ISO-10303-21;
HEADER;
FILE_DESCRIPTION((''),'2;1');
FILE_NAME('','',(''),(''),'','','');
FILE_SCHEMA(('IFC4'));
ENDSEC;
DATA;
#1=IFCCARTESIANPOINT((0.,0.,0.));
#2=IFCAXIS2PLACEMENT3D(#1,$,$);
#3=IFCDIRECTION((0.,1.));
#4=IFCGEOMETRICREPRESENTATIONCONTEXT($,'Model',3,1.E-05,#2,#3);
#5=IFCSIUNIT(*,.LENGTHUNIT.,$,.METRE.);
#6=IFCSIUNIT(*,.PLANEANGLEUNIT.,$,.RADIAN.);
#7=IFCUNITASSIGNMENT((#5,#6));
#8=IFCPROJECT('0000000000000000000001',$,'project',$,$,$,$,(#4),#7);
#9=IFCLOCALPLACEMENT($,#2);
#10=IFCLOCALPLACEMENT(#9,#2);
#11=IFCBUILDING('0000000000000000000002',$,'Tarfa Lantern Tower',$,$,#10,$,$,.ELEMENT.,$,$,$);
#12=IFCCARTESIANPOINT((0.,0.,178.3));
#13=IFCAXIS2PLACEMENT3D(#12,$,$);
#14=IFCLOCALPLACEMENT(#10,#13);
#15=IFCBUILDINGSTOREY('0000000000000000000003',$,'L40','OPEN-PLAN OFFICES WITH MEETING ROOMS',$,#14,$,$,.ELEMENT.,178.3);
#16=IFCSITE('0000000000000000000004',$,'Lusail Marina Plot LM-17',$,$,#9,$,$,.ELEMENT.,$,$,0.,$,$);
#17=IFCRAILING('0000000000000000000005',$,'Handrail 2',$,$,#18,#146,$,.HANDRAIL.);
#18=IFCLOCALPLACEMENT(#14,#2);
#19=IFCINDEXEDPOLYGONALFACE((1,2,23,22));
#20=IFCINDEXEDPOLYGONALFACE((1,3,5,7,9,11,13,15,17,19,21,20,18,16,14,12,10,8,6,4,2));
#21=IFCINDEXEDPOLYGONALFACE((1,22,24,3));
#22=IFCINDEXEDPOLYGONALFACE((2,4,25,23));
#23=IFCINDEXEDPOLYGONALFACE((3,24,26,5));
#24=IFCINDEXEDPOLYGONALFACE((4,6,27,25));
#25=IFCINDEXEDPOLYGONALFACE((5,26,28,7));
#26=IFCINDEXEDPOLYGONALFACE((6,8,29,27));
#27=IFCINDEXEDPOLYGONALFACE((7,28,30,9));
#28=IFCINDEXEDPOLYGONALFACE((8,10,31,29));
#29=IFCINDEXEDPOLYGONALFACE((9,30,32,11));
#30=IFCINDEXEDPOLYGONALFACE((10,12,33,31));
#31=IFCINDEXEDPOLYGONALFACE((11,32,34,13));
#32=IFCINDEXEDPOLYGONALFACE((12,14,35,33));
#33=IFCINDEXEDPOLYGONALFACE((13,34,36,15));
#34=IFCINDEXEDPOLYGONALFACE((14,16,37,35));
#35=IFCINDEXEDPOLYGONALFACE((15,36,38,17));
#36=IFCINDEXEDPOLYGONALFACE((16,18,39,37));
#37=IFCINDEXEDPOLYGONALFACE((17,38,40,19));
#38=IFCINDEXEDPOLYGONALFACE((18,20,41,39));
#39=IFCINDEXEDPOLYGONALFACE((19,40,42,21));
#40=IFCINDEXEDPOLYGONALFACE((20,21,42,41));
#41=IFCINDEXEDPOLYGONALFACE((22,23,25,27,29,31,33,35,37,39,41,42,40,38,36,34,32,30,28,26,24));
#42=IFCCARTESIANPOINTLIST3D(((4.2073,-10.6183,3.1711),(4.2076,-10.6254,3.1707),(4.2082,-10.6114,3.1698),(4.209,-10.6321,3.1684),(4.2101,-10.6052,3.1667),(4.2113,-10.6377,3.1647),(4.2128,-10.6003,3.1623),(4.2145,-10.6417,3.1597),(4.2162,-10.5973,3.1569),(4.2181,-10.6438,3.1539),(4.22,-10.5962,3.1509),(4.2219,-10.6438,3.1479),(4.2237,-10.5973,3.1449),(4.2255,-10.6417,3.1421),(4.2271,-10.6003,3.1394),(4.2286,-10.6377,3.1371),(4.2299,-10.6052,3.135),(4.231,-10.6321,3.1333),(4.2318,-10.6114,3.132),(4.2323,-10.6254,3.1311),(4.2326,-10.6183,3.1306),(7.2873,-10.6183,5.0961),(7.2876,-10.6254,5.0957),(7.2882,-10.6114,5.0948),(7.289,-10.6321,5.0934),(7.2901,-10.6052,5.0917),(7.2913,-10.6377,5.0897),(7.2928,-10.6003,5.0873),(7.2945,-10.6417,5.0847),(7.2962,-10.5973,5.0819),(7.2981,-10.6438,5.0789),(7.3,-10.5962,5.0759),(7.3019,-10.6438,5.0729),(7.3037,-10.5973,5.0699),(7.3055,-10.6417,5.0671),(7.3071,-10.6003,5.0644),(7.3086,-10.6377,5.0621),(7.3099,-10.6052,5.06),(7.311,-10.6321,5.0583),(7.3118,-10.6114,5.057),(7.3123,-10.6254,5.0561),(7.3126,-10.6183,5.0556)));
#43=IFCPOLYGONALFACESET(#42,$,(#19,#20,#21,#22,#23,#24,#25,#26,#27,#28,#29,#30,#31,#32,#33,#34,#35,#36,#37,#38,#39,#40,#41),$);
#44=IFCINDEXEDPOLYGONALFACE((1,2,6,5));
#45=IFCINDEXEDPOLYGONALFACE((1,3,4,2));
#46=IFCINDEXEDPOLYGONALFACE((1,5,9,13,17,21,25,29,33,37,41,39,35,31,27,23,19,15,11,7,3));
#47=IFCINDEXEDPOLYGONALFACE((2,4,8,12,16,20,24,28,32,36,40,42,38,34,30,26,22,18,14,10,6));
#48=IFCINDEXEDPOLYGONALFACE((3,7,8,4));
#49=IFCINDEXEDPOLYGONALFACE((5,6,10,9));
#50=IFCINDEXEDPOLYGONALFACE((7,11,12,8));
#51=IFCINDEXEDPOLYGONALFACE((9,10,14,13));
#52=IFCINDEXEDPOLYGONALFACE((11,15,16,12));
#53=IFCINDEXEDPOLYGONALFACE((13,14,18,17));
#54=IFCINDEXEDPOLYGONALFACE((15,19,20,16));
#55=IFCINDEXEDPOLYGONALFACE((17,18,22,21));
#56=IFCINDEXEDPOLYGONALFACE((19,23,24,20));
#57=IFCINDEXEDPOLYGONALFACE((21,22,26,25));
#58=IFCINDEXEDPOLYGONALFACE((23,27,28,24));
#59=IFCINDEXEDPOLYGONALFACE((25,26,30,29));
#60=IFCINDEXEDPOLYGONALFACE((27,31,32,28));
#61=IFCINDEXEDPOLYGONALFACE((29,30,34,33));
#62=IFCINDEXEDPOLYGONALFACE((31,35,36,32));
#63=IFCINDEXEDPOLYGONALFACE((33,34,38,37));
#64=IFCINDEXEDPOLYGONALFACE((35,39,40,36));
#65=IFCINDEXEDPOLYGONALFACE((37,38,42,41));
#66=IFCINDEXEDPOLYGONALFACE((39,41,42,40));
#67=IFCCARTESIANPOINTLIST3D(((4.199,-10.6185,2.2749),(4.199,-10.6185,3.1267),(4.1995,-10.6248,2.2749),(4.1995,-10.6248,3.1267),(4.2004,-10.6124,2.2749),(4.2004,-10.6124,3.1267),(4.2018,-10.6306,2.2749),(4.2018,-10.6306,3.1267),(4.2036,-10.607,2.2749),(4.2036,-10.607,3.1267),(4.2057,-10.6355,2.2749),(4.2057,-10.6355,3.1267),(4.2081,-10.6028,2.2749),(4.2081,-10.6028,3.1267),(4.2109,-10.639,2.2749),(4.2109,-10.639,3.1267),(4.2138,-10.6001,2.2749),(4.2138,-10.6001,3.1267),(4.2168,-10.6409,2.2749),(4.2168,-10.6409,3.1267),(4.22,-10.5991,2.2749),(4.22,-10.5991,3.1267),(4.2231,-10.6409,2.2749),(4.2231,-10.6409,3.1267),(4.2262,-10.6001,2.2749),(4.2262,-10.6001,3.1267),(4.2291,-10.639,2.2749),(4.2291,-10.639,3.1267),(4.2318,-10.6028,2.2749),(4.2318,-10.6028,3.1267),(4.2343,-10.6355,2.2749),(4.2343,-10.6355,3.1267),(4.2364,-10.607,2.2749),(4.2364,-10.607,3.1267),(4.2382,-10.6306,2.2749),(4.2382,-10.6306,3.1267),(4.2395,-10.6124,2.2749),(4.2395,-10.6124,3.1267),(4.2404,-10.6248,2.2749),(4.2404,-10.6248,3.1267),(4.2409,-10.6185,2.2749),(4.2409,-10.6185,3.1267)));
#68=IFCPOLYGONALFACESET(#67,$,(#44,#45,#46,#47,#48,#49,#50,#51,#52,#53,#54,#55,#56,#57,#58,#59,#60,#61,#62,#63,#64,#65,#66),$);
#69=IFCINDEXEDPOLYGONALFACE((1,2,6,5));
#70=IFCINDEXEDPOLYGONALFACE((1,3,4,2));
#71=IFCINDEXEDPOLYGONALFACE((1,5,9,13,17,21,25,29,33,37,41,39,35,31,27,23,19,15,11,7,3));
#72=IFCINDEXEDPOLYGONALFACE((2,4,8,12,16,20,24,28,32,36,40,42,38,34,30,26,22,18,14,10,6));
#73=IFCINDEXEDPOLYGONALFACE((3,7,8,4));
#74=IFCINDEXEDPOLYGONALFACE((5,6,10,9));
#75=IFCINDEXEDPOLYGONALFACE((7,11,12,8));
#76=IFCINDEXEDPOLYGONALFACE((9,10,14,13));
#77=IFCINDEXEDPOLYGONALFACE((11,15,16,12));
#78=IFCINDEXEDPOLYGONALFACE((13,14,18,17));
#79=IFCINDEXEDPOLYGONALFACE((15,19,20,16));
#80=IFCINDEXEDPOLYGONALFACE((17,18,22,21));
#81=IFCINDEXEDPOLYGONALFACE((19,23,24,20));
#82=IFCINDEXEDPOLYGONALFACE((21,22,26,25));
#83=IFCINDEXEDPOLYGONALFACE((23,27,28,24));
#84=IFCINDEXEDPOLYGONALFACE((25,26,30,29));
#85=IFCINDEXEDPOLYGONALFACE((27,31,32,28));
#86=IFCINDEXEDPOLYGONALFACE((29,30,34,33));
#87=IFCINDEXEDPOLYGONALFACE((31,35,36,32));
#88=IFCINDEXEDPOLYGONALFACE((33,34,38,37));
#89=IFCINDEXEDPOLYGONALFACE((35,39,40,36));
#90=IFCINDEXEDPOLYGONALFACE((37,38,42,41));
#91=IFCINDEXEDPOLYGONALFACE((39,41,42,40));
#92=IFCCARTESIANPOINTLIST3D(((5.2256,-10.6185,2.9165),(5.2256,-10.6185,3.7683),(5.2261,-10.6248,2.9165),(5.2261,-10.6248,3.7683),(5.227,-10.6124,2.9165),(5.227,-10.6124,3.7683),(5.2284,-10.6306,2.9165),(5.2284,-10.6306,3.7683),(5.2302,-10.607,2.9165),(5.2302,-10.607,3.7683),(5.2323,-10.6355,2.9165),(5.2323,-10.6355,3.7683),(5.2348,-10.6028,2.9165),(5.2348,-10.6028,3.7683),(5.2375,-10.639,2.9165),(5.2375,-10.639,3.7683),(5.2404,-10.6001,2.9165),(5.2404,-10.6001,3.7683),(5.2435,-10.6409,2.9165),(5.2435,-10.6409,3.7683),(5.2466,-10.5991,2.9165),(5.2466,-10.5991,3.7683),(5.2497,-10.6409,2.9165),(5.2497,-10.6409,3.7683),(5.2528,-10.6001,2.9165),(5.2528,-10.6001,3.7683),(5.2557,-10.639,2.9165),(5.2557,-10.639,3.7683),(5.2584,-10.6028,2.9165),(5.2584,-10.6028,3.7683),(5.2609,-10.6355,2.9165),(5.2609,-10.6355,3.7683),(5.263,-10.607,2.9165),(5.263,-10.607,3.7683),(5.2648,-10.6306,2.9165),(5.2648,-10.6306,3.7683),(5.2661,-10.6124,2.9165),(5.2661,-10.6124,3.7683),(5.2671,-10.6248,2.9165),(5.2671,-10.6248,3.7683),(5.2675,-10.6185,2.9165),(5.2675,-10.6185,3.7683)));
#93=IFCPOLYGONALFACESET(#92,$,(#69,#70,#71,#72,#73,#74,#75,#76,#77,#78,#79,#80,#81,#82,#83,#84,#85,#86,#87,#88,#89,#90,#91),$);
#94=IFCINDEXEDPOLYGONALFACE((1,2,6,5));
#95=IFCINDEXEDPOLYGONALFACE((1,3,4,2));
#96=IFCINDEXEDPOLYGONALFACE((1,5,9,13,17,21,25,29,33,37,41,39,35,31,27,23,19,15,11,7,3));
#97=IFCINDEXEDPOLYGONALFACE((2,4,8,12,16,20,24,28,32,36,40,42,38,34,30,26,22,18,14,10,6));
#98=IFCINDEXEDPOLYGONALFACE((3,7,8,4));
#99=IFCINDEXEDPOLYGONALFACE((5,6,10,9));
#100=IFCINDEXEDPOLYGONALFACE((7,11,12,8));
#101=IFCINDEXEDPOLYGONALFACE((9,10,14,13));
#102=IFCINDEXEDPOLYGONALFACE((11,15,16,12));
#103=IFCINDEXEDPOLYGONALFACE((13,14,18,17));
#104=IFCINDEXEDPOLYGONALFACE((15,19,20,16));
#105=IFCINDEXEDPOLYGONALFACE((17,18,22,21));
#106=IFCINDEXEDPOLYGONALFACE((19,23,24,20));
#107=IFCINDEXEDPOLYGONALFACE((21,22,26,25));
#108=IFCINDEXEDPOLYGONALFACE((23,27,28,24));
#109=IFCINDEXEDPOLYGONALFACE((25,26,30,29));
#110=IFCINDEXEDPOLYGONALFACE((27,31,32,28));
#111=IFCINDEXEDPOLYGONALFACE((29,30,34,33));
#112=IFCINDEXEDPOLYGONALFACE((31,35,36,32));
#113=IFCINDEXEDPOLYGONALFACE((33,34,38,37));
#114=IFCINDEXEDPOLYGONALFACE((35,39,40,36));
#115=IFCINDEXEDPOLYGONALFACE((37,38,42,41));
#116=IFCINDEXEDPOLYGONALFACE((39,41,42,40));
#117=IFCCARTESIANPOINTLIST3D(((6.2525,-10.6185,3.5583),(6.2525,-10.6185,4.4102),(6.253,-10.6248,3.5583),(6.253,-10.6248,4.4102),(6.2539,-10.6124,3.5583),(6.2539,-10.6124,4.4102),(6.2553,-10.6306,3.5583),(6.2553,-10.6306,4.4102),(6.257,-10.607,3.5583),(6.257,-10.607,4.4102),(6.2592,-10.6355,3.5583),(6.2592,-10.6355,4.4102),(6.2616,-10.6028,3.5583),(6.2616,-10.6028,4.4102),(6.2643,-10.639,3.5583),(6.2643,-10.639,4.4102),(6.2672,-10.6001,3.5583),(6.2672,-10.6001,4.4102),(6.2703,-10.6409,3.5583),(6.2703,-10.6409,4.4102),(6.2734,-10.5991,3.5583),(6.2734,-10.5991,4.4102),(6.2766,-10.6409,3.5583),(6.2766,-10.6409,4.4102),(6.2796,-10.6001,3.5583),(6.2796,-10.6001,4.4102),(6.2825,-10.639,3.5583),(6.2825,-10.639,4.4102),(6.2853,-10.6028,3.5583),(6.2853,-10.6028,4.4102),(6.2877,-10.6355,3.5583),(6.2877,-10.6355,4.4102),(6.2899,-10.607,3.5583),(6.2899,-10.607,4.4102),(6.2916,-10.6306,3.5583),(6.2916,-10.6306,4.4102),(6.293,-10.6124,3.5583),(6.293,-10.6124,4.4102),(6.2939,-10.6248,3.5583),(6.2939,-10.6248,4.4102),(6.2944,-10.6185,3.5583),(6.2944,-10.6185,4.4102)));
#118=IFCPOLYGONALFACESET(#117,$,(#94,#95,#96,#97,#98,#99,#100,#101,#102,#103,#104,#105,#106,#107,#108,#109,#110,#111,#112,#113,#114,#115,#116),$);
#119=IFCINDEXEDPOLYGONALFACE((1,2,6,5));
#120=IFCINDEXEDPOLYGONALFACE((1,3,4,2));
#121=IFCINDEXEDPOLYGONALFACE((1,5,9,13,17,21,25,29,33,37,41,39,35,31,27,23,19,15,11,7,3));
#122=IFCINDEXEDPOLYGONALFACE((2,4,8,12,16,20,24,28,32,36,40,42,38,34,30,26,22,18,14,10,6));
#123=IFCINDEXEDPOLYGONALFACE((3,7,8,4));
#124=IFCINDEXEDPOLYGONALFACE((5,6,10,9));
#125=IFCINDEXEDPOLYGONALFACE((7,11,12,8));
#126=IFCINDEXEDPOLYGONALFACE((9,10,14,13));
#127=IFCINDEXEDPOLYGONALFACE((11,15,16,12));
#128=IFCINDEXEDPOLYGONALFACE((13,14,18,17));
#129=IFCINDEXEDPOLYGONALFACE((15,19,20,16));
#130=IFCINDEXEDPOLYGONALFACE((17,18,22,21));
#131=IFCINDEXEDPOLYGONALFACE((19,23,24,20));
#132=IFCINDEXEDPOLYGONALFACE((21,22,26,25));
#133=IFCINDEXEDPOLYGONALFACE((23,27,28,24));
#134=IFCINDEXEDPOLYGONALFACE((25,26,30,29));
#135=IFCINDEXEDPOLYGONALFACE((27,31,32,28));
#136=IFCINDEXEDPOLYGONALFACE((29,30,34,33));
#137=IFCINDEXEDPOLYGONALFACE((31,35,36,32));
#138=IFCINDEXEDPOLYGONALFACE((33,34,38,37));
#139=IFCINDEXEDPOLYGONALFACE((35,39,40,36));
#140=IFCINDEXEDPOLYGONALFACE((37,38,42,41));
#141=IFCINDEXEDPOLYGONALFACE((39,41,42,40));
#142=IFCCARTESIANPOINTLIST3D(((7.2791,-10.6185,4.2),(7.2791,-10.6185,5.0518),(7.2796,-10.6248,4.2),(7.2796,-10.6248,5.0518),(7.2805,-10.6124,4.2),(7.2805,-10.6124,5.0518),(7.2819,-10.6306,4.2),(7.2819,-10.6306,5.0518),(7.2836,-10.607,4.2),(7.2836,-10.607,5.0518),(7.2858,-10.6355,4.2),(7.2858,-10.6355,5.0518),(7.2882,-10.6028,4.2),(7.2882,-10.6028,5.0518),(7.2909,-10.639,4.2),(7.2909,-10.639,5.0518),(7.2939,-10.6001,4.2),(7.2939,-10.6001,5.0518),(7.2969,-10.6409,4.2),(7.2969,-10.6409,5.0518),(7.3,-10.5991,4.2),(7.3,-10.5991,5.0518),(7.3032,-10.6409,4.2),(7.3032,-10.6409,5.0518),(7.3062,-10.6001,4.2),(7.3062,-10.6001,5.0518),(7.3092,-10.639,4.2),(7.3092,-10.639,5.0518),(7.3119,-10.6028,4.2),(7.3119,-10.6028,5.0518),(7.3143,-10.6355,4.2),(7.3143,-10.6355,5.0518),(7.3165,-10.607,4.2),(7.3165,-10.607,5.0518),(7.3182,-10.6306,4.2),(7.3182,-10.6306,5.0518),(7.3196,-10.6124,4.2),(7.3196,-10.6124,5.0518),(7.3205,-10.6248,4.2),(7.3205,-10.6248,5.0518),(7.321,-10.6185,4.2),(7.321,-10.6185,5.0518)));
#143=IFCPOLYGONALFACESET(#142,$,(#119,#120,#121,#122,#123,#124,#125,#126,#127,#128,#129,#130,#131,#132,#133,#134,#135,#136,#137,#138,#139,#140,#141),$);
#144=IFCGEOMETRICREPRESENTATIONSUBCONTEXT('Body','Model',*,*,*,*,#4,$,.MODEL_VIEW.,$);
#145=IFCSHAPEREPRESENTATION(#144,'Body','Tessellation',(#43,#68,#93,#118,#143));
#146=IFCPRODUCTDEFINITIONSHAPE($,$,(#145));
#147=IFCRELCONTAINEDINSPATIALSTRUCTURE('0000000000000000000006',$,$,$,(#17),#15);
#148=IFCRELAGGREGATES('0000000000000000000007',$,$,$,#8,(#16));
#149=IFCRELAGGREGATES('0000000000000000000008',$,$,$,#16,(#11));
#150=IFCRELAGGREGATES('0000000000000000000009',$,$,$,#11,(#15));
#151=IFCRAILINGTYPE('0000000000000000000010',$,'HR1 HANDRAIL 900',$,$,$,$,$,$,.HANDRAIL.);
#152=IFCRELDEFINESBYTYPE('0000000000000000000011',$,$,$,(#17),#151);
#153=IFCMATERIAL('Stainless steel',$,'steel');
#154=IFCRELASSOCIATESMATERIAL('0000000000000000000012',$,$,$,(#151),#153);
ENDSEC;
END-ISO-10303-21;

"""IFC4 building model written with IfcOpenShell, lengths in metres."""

from ifc_helpers import new_model, si_unit, direction, frame, origin, origin_2d, place, context, subcontext, project, spatial, circle, extrude, material, type_object, element, save


model = new_model("IFC4")

# Units and contexts
model_context = context("Model", 3, precision=1e-05, world=origin(), true_north=direction((0.0, 1.0)))
body_context = subcontext(model_context, "Body", "Model", "MODEL_VIEW")
ifc_project = project(units=[si_unit("LENGTHUNIT", "METRE"), si_unit("PLANEANGLEUNIT", "RADIAN")], contexts=[model_context])

# Site, building, storey
site_placement = place(None, origin())
site = spatial("IfcSite", under=ifc_project, at=site_placement, Name="Lusail Marina Plot LM-17", CompositionType="ELEMENT", RefElevation=0.0)
building_placement = place(site_placement, origin())
building = spatial("IfcBuilding", under=site, at=building_placement, Name="Tarfa Lantern Tower", CompositionType="ELEMENT")
storey_placement = place(building_placement, frame((0.0, 0.0, 178.3)))
storey = spatial("IfcBuildingStorey", under=building, at=storey_placement, Name="L40", Description="OPEN-PLAN OFFICES WITH MEETING ROOMS", CompositionType="ELEMENT", Elevation=178.3)

# Railing
ifc_material_1 = material(Name="Stainless steel", Category="steel")
railing_type = type_object("IfcRailingType", Name="HR1 HANDRAIL 900", PredefinedType="HANDRAIL", material=ifc_material_1)
railing_1_placement = place(storey_placement, frame((4.22, -10.6201, 2.2749)))
element("IfcRailing", 1, at=railing_1_placement, inside=storey, type_object=railing_type, Name="Handrail 2", PredefinedType="HANDRAIL", context=body_context, shape_type="SweptSolid", body=[
    extrude(circle(Radius=0.0239, at=origin_2d()), frame((0.0, 0.0, 0.876), z_axis=(0.847998, 0.0, 0.529999), x_axis=(0.0, 1.0, 0.0)), (0.0, 0.0, 1.0), 3.6321),
    extrude(circle(Radius=0.021, at=origin_2d()), frame((0.0, 0.0, 0.0), z_axis=(0.0, 0.0, 1.0), x_axis=(0.0, 1.0, 0.0)), (0.0, 0.0, 1.0), 0.8518),
    extrude(circle(Radius=0.021, at=origin_2d()), frame((1.0266, 0.0, 0.6416), z_axis=(0.0, 0.0, 1.0), x_axis=(0.0, 1.0, 0.0)), (0.0, 0.0, 1.0), 0.8518),
    extrude(circle(Radius=0.021, at=origin_2d()), frame((2.0535, 0.0, 1.2834), z_axis=(0.0, 0.0, 1.0), x_axis=(0.0, 1.0, 0.0)), (0.0, 0.0, 1.0), 0.8518),
    extrude(circle(Radius=0.021, at=origin_2d()), frame((3.0801, 0.0, 1.925), z_axis=(0.0, 0.0, 1.0), x_axis=(0.0, 1.0, 0.0)), (0.0, 0.0, 1.0), 0.8518),
])

save(model, "model.ifc")
